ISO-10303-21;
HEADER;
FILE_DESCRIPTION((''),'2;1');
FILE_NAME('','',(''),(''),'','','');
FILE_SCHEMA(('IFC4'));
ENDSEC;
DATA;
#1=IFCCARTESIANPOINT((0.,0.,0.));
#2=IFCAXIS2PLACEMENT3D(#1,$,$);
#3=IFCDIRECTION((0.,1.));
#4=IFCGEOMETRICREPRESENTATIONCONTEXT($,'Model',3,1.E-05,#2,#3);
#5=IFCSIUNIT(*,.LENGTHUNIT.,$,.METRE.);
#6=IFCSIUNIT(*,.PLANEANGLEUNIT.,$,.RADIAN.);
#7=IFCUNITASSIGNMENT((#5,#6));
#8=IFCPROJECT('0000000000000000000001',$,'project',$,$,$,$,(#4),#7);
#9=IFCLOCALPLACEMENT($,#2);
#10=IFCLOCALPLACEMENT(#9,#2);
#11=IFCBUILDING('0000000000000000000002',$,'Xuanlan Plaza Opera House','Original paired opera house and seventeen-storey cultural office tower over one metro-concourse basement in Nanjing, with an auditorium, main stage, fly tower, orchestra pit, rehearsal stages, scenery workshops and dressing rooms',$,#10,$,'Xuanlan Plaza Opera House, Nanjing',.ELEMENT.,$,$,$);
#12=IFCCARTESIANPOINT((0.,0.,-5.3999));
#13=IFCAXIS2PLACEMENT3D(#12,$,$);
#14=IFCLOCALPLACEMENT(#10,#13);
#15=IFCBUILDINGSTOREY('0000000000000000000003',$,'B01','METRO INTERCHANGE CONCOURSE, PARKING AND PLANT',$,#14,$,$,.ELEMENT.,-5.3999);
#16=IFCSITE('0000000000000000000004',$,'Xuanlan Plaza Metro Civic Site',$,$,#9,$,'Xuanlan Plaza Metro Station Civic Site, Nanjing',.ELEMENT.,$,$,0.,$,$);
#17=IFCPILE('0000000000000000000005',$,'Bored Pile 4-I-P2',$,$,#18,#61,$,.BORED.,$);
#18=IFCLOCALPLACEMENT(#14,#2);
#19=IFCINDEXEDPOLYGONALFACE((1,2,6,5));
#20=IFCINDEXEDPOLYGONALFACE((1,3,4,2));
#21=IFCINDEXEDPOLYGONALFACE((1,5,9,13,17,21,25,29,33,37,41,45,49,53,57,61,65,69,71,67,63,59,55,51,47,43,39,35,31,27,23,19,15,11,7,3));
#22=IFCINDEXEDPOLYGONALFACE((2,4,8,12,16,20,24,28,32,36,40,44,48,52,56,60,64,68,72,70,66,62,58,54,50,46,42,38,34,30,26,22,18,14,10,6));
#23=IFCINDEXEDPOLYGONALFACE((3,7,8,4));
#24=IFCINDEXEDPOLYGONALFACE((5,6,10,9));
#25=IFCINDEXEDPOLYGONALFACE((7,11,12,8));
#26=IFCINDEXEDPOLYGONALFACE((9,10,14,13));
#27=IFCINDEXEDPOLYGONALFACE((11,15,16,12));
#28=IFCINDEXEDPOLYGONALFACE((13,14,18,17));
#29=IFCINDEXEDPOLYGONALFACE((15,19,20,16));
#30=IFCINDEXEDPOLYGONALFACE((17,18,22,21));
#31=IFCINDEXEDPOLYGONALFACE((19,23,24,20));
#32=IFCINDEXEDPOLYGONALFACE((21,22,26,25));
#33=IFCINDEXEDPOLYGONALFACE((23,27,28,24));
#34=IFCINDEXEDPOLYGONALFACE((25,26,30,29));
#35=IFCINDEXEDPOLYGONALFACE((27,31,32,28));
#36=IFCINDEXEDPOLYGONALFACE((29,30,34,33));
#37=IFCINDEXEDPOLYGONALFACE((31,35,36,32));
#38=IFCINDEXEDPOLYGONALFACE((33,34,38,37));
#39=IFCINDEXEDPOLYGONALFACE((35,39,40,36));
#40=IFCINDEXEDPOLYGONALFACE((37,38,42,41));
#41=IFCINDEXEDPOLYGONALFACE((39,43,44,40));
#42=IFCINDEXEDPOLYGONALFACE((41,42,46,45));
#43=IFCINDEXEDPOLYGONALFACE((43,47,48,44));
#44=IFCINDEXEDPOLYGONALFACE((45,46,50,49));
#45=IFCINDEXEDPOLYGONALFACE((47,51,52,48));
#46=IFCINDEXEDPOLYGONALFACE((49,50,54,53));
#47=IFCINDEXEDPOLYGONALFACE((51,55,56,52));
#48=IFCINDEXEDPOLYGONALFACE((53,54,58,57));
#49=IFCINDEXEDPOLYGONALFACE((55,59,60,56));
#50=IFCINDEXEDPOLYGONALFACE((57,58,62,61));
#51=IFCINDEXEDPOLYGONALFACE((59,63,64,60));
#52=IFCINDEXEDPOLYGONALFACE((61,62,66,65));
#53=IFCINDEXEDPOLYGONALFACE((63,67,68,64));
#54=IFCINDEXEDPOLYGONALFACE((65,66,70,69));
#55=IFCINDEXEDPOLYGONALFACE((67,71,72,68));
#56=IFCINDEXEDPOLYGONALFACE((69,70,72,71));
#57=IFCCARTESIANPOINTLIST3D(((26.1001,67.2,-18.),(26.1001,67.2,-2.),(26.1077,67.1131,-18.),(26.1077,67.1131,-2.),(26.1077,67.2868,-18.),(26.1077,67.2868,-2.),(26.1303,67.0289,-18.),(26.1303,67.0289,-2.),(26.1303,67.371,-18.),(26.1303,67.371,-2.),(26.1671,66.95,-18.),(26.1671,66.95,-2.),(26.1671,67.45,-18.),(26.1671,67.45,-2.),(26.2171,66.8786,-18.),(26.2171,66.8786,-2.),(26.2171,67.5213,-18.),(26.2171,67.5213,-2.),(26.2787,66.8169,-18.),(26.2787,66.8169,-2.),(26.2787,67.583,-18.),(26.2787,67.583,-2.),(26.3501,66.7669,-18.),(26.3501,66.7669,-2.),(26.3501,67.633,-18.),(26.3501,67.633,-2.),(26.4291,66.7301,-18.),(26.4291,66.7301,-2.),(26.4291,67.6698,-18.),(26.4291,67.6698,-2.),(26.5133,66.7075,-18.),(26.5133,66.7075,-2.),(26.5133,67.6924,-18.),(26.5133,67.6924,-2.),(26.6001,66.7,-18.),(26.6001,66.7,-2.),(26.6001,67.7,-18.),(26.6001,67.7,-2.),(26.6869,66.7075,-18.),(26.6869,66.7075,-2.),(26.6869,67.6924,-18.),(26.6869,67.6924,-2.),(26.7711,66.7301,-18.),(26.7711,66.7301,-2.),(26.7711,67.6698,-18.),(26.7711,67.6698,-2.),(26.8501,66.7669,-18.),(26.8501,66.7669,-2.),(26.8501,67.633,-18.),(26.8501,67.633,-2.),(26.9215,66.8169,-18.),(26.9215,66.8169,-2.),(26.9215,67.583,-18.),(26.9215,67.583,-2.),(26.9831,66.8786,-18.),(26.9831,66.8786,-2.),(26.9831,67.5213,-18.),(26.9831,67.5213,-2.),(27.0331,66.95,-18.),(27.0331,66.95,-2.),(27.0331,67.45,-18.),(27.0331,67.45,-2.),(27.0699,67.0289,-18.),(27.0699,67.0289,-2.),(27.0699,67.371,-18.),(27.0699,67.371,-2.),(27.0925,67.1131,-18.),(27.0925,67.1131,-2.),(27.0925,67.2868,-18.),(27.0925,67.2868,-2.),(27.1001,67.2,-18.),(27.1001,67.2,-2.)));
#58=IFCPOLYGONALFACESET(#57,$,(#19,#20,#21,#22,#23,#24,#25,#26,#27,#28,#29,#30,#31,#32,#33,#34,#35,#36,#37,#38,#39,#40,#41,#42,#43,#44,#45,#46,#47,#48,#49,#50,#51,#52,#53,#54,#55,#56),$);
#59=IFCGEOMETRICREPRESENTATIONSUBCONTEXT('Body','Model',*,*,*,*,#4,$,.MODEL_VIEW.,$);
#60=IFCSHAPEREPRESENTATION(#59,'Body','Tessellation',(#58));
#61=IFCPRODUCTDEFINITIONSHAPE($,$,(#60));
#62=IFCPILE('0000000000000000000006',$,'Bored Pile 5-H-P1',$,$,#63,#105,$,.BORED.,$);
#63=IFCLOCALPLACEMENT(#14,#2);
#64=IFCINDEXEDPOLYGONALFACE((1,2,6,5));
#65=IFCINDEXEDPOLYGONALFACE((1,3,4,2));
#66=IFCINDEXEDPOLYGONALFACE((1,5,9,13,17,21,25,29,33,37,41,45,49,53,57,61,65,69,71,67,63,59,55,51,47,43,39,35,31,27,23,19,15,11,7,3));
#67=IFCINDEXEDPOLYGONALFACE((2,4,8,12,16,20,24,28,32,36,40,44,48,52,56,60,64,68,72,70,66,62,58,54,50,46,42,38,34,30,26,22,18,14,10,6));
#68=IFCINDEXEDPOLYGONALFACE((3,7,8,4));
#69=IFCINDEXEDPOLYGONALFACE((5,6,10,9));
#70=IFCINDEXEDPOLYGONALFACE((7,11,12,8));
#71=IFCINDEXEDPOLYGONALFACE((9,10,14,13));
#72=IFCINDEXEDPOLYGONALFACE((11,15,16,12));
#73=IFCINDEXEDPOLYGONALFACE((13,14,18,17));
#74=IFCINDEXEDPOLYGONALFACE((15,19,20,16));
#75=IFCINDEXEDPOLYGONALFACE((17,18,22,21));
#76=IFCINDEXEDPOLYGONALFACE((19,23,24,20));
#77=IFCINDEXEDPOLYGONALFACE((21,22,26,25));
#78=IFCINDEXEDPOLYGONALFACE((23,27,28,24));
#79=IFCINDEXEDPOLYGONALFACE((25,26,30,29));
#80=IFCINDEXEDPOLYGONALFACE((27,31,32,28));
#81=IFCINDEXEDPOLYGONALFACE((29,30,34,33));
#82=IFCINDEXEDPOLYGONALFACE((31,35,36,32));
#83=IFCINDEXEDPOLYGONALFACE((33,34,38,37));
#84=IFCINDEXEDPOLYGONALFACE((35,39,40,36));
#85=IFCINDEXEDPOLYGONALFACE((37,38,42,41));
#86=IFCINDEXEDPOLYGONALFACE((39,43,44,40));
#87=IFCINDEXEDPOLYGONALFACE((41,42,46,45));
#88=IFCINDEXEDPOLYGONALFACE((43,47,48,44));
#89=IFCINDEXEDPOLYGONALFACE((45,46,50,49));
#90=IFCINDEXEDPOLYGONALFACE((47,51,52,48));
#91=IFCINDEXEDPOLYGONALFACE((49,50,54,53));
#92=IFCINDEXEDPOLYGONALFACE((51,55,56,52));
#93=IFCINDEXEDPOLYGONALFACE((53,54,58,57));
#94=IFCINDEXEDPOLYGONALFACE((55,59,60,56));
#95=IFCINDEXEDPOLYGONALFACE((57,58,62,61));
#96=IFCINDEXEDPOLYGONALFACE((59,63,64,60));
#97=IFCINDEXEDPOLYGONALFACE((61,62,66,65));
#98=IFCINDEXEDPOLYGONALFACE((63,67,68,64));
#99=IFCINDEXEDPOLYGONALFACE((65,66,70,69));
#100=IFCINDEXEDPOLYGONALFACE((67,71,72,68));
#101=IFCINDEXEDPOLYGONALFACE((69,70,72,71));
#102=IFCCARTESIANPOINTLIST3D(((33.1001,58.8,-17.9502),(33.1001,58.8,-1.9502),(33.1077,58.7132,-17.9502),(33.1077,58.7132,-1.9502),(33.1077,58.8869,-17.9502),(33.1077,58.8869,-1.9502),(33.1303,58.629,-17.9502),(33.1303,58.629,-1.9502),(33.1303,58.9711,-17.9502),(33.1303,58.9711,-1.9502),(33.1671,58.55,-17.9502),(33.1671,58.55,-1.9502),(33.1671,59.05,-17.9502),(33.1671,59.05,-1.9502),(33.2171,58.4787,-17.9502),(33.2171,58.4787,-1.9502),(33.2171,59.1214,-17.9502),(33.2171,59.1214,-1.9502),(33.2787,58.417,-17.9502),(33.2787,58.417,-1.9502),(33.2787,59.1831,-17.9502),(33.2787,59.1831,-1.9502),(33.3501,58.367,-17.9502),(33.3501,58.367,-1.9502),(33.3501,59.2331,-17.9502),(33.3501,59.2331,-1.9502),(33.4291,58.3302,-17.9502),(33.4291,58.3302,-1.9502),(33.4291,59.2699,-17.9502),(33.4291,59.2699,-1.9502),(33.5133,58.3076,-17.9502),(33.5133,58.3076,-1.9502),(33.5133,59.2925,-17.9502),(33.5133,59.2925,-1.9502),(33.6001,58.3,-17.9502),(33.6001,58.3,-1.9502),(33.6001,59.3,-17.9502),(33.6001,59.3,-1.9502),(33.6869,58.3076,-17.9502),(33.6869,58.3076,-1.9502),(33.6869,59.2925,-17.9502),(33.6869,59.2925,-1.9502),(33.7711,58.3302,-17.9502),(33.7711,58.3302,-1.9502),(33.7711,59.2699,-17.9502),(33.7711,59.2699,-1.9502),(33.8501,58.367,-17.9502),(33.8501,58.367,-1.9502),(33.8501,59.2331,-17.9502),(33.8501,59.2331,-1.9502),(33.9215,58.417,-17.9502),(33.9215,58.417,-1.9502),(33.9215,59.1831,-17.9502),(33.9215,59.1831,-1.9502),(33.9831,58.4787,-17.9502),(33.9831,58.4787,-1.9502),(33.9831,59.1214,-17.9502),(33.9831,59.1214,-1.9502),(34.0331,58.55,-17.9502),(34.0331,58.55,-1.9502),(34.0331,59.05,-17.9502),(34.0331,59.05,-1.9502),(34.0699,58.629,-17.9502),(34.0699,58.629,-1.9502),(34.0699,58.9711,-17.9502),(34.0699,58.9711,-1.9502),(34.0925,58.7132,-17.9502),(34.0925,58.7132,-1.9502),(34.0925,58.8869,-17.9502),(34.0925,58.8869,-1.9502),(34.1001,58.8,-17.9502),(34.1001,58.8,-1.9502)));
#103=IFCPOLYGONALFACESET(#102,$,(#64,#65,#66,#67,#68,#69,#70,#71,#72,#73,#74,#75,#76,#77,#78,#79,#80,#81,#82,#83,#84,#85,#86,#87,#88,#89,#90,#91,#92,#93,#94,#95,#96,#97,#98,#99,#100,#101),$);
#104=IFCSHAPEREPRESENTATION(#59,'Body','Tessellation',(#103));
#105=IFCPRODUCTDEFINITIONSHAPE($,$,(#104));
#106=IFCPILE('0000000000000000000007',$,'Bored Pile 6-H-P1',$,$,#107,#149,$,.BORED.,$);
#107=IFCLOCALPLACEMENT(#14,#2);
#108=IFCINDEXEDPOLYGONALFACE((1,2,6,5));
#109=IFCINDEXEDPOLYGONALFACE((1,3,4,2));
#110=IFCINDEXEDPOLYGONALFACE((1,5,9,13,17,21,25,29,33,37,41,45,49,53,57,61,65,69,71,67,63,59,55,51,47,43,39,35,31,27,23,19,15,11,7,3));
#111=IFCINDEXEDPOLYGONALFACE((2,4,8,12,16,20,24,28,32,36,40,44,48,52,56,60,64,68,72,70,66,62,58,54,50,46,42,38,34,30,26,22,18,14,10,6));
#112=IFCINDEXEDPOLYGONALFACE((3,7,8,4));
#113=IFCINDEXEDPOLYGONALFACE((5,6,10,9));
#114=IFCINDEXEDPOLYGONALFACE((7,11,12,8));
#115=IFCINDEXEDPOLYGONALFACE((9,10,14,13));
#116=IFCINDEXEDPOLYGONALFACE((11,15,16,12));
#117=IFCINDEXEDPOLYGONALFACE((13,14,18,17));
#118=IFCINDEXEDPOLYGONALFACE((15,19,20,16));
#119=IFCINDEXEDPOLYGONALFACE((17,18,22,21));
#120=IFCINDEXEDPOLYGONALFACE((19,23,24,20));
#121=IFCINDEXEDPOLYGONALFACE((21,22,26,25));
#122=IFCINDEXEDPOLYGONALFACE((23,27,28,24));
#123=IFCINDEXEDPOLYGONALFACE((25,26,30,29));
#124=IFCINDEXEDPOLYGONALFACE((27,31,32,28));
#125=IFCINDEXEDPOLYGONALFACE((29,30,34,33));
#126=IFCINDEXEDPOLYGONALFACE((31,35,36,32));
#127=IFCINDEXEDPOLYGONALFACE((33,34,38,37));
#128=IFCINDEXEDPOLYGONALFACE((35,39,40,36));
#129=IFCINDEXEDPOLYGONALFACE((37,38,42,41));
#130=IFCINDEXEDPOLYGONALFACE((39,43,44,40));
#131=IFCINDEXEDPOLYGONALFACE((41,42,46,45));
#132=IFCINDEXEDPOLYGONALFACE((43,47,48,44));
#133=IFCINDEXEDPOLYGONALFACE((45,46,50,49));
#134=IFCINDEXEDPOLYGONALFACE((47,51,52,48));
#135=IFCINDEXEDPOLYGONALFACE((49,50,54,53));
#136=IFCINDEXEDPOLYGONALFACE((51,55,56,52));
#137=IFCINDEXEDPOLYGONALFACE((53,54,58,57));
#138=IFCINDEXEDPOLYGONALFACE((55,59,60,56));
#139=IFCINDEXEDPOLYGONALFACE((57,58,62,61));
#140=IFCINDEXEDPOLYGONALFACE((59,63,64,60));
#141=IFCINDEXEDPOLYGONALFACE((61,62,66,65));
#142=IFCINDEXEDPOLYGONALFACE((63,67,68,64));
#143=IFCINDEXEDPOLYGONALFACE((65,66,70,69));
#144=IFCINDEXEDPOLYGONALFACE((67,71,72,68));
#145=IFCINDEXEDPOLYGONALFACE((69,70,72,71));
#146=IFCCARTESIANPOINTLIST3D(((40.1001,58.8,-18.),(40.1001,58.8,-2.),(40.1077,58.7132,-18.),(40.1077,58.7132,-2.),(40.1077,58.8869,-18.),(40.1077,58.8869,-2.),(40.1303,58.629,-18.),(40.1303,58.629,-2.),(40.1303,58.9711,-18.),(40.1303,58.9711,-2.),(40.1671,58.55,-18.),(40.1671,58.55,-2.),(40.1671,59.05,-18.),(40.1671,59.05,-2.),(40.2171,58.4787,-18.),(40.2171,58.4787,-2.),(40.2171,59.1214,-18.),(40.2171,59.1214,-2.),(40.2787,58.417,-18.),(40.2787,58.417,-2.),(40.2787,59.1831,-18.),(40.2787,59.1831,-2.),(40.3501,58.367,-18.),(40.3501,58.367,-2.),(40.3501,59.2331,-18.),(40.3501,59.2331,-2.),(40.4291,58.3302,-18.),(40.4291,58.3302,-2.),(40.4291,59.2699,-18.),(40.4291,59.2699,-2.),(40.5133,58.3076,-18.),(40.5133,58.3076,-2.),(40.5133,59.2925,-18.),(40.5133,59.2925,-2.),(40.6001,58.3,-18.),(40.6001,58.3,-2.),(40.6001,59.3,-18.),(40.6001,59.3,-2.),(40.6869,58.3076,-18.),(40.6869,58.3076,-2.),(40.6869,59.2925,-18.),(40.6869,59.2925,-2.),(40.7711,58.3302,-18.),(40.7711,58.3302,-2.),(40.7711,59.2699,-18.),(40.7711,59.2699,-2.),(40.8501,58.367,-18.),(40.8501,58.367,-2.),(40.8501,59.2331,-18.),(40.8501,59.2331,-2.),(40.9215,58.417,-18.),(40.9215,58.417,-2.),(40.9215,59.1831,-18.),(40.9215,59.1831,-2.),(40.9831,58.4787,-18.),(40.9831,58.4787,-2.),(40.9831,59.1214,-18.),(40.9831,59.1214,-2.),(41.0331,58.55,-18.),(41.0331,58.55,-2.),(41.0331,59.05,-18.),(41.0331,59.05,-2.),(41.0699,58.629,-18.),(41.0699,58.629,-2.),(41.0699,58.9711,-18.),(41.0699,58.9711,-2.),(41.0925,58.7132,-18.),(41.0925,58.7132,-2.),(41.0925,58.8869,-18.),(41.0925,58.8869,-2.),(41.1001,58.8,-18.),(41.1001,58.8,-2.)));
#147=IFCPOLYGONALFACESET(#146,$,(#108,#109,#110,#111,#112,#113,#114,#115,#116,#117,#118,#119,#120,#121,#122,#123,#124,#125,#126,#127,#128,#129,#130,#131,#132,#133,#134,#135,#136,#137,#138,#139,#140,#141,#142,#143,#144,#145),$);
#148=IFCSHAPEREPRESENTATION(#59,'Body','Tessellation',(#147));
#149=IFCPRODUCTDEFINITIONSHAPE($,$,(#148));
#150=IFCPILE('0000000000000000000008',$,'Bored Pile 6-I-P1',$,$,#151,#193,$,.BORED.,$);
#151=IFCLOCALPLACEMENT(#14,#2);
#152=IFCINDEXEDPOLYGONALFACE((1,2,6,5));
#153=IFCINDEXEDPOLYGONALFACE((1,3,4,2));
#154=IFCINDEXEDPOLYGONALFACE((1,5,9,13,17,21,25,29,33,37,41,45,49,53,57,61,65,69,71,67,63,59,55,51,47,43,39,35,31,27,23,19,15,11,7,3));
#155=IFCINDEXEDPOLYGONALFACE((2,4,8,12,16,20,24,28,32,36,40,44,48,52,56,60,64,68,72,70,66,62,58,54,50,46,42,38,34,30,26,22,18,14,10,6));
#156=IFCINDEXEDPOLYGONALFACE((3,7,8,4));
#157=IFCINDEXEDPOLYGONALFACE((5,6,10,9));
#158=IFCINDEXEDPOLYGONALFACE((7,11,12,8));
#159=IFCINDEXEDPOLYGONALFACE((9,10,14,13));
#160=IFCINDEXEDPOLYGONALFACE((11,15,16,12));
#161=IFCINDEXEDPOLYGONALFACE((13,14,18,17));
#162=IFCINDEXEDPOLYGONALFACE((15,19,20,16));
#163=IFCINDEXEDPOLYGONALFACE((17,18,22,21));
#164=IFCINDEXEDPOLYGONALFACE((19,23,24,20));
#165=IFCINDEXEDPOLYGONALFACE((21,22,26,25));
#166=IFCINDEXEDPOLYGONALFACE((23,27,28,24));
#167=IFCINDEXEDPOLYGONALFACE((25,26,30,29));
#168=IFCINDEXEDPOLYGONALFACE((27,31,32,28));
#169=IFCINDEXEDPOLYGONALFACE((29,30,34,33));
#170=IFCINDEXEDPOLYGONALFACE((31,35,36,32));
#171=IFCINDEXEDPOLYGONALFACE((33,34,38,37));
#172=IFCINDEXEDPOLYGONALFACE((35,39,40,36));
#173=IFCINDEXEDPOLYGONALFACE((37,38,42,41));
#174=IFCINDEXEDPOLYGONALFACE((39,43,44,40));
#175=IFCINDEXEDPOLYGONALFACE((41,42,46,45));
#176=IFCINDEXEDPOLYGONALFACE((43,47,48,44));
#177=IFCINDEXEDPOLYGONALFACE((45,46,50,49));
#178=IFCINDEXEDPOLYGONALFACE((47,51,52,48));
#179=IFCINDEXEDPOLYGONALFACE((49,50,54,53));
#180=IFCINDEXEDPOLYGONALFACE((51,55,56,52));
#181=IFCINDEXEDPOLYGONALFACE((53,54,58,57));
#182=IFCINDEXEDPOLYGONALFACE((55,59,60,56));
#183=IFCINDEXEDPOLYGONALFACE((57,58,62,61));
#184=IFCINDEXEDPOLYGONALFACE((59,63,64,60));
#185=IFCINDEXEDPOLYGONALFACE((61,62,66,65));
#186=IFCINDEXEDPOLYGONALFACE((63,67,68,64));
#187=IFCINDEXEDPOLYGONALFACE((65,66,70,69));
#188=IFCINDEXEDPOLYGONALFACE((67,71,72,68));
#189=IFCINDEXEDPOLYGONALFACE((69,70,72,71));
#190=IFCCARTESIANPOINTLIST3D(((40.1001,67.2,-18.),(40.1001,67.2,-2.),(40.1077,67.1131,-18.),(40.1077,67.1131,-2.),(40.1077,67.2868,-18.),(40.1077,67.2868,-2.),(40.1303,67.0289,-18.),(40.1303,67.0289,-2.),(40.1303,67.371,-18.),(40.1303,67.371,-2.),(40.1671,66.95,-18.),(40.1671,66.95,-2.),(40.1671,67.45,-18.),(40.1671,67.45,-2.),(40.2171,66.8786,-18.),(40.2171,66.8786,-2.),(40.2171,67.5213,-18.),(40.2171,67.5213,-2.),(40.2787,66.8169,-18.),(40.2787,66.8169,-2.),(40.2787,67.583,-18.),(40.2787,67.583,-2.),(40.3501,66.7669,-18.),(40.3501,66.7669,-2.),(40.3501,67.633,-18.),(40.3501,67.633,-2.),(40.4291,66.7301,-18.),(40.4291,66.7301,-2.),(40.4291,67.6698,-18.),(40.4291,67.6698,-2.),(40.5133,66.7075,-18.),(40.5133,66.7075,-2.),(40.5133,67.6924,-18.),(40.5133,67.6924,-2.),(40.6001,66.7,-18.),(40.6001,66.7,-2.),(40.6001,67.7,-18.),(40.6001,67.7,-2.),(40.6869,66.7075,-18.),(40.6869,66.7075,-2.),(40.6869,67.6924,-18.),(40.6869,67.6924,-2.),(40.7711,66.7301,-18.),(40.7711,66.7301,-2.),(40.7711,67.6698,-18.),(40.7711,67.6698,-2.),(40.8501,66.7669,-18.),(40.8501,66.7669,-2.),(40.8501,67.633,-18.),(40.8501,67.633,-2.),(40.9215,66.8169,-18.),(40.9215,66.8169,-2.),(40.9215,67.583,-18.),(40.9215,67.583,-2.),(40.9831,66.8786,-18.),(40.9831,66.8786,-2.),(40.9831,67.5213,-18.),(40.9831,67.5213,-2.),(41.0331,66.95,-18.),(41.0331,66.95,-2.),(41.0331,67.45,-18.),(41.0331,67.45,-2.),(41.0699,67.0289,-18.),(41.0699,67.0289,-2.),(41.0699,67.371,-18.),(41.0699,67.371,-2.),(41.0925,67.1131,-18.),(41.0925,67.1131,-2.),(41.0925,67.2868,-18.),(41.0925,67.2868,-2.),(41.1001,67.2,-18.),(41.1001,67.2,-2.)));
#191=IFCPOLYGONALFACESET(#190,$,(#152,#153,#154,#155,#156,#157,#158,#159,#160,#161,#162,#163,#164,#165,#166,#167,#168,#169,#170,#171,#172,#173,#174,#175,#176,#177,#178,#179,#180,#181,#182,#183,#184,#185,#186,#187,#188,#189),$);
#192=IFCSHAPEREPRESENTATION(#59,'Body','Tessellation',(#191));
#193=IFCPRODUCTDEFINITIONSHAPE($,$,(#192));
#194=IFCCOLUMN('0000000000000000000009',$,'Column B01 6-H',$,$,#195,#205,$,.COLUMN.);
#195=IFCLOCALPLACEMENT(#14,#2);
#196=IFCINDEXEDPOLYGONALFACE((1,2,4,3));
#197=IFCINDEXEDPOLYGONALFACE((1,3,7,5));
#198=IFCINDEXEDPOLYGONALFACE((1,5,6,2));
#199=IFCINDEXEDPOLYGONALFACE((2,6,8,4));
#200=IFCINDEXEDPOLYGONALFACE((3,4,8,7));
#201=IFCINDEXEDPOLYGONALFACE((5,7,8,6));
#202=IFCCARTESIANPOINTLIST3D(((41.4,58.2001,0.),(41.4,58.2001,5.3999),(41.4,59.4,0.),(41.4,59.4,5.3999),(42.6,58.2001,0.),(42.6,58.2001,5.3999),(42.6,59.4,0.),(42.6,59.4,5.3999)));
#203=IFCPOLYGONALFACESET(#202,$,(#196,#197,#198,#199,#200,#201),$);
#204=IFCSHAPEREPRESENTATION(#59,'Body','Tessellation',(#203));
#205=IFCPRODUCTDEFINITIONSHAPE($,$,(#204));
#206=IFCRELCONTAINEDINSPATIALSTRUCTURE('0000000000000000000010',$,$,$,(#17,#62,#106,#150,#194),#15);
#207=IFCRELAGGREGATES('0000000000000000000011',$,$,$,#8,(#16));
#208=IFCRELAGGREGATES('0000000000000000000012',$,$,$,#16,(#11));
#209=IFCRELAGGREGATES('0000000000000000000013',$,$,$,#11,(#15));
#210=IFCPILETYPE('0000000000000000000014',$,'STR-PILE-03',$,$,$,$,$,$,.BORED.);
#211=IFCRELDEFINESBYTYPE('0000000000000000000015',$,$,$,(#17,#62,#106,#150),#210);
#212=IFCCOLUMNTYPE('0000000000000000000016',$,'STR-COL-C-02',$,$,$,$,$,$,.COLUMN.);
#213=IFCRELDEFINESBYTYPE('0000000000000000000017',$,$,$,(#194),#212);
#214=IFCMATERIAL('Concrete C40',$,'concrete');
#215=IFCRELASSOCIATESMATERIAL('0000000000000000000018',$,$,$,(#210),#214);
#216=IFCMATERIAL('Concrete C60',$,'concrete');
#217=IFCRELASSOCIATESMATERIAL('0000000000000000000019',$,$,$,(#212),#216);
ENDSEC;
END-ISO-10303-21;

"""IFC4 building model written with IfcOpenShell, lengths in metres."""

from ifc_helpers import new_model, si_unit, direction, frame, origin, origin_2d, place, context, subcontext, project, spatial, rectangle, circle, extrude, material, material_profile, profile_set, type_object, element, save


model = new_model("IFC4")

# Units and contexts
model_context = context("Model", 3, precision=1e-05, world=origin(), true_north=direction((0.0, 1.0)))
body_context = subcontext(model_context, "Body", "Model", "MODEL_VIEW")
ifc_project = project(units=[si_unit("LENGTHUNIT", "METRE"), si_unit("PLANEANGLEUNIT", "RADIAN")], contexts=[model_context])

# Site, building, storey
site_placement = place(None, origin())
site = spatial("IfcSite", under=ifc_project, at=site_placement, Name="Xuanlan Plaza Metro Civic Site", LongName="Xuanlan Plaza Metro Station Civic Site, Nanjing", CompositionType="ELEMENT", RefElevation=0.0)
building_placement = place(site_placement, origin())
building = spatial("IfcBuilding", under=site, at=building_placement, Name="Xuanlan Plaza Opera House", Description="Original paired opera house and seventeen-storey cultural office tower over one metro-concourse basement in Nanjing, with an auditorium, main stage, fly tower, orchestra pit, rehearsal stages, scenery workshops and dressing rooms", LongName="Xuanlan Plaza Opera House, Nanjing", CompositionType="ELEMENT")
storey_placement = place(building_placement, frame((0.0, 0.0, -5.3999)))
storey = spatial("IfcBuildingStorey", under=building, at=storey_placement, Name="B01", Description="METRO INTERCHANGE CONCOURSE, PARKING AND PLANT", CompositionType="ELEMENT", Elevation=-5.3999)

# Shared definitions
ifc_material_1 = material(Name="Concrete C40", Category="concrete")

# Piles
ifc_material_profile_1 = material_profile(ifc_material_1, circle(Radius=0.5, at=origin_2d()), Name="PILE D1000")
ifc_profile_set_1 = profile_set([ifc_material_profile_1], Name="Concrete C40")
pile_type_1 = type_object("IfcPileType", Name="STR-PILE-03", PredefinedType="BORED", material=ifc_profile_set_1)
for number, where, z_axis, x_axis, name in (
    (1, (26.6001, 67.2, -2.0), (0.0, 0.0, -1.0), (1.0, 0.0, 0.0), "Bored Pile 4-I-P2"),
    (2, (33.6001, 58.8, -1.9502), (0.0, 0.0, -1.0), (1.0, 0.0, 0.0), "Bored Pile 5-H-P1"),
    (3, (40.6001, 58.8, -2.0), (0.0, 0.0, -1.0), (1.0, 0.0, 0.0), "Bored Pile 6-H-P1"),
    (4, (40.6001, 67.2, -2.0), (0.0, 0.0, -1.0), (1.0, 0.0, 0.0), "Bored Pile 6-I-P1"),
):
    element("IfcPile", number, at=place(storey_placement, frame(where, z_axis=z_axis, x_axis=x_axis)), inside=storey, type_object=pile_type_1, Name=name, PredefinedType="BORED", context=body_context, shape_type="SweptSolid", body=[
        extrude(circle(Radius=0.5, at=origin_2d()), origin(), (0.0, 0.0, 1.0), 16.0),
    ])

# Column
ifc_material_2 = material(Name="Concrete C60", Category="concrete")
ifc_material_profile_2 = material_profile(ifc_material_2, rectangle(XDim=1.2, YDim=1.2, at=origin_2d()), Name="RC-COL 1200x1200")
ifc_profile_set_2 = profile_set([ifc_material_profile_2], Name="Concrete C60")
column_type_1 = type_object("IfcColumnType", Name="STR-COL-C-02", PredefinedType="COLUMN", material=ifc_profile_set_2)
for number, where, z_axis, x_axis, name in (
    (5, (42.0, 58.8, 0.0), (0.0, 0.0, 1.0), (1.0, 0.0, 0.0), "Column B01 6-H"),
):
    element("IfcColumn", number, at=place(storey_placement, frame(where, z_axis=z_axis, x_axis=x_axis)), inside=storey, type_object=column_type_1, Name=name, PredefinedType="COLUMN", context=body_context, shape_type="SweptSolid", body=[
        extrude(rectangle(XDim=1.2, YDim=1.2, at=origin_2d()), origin(), (0.0, 0.0, 1.0), 5.3999),
    ])

save(model, "model.ifc")
